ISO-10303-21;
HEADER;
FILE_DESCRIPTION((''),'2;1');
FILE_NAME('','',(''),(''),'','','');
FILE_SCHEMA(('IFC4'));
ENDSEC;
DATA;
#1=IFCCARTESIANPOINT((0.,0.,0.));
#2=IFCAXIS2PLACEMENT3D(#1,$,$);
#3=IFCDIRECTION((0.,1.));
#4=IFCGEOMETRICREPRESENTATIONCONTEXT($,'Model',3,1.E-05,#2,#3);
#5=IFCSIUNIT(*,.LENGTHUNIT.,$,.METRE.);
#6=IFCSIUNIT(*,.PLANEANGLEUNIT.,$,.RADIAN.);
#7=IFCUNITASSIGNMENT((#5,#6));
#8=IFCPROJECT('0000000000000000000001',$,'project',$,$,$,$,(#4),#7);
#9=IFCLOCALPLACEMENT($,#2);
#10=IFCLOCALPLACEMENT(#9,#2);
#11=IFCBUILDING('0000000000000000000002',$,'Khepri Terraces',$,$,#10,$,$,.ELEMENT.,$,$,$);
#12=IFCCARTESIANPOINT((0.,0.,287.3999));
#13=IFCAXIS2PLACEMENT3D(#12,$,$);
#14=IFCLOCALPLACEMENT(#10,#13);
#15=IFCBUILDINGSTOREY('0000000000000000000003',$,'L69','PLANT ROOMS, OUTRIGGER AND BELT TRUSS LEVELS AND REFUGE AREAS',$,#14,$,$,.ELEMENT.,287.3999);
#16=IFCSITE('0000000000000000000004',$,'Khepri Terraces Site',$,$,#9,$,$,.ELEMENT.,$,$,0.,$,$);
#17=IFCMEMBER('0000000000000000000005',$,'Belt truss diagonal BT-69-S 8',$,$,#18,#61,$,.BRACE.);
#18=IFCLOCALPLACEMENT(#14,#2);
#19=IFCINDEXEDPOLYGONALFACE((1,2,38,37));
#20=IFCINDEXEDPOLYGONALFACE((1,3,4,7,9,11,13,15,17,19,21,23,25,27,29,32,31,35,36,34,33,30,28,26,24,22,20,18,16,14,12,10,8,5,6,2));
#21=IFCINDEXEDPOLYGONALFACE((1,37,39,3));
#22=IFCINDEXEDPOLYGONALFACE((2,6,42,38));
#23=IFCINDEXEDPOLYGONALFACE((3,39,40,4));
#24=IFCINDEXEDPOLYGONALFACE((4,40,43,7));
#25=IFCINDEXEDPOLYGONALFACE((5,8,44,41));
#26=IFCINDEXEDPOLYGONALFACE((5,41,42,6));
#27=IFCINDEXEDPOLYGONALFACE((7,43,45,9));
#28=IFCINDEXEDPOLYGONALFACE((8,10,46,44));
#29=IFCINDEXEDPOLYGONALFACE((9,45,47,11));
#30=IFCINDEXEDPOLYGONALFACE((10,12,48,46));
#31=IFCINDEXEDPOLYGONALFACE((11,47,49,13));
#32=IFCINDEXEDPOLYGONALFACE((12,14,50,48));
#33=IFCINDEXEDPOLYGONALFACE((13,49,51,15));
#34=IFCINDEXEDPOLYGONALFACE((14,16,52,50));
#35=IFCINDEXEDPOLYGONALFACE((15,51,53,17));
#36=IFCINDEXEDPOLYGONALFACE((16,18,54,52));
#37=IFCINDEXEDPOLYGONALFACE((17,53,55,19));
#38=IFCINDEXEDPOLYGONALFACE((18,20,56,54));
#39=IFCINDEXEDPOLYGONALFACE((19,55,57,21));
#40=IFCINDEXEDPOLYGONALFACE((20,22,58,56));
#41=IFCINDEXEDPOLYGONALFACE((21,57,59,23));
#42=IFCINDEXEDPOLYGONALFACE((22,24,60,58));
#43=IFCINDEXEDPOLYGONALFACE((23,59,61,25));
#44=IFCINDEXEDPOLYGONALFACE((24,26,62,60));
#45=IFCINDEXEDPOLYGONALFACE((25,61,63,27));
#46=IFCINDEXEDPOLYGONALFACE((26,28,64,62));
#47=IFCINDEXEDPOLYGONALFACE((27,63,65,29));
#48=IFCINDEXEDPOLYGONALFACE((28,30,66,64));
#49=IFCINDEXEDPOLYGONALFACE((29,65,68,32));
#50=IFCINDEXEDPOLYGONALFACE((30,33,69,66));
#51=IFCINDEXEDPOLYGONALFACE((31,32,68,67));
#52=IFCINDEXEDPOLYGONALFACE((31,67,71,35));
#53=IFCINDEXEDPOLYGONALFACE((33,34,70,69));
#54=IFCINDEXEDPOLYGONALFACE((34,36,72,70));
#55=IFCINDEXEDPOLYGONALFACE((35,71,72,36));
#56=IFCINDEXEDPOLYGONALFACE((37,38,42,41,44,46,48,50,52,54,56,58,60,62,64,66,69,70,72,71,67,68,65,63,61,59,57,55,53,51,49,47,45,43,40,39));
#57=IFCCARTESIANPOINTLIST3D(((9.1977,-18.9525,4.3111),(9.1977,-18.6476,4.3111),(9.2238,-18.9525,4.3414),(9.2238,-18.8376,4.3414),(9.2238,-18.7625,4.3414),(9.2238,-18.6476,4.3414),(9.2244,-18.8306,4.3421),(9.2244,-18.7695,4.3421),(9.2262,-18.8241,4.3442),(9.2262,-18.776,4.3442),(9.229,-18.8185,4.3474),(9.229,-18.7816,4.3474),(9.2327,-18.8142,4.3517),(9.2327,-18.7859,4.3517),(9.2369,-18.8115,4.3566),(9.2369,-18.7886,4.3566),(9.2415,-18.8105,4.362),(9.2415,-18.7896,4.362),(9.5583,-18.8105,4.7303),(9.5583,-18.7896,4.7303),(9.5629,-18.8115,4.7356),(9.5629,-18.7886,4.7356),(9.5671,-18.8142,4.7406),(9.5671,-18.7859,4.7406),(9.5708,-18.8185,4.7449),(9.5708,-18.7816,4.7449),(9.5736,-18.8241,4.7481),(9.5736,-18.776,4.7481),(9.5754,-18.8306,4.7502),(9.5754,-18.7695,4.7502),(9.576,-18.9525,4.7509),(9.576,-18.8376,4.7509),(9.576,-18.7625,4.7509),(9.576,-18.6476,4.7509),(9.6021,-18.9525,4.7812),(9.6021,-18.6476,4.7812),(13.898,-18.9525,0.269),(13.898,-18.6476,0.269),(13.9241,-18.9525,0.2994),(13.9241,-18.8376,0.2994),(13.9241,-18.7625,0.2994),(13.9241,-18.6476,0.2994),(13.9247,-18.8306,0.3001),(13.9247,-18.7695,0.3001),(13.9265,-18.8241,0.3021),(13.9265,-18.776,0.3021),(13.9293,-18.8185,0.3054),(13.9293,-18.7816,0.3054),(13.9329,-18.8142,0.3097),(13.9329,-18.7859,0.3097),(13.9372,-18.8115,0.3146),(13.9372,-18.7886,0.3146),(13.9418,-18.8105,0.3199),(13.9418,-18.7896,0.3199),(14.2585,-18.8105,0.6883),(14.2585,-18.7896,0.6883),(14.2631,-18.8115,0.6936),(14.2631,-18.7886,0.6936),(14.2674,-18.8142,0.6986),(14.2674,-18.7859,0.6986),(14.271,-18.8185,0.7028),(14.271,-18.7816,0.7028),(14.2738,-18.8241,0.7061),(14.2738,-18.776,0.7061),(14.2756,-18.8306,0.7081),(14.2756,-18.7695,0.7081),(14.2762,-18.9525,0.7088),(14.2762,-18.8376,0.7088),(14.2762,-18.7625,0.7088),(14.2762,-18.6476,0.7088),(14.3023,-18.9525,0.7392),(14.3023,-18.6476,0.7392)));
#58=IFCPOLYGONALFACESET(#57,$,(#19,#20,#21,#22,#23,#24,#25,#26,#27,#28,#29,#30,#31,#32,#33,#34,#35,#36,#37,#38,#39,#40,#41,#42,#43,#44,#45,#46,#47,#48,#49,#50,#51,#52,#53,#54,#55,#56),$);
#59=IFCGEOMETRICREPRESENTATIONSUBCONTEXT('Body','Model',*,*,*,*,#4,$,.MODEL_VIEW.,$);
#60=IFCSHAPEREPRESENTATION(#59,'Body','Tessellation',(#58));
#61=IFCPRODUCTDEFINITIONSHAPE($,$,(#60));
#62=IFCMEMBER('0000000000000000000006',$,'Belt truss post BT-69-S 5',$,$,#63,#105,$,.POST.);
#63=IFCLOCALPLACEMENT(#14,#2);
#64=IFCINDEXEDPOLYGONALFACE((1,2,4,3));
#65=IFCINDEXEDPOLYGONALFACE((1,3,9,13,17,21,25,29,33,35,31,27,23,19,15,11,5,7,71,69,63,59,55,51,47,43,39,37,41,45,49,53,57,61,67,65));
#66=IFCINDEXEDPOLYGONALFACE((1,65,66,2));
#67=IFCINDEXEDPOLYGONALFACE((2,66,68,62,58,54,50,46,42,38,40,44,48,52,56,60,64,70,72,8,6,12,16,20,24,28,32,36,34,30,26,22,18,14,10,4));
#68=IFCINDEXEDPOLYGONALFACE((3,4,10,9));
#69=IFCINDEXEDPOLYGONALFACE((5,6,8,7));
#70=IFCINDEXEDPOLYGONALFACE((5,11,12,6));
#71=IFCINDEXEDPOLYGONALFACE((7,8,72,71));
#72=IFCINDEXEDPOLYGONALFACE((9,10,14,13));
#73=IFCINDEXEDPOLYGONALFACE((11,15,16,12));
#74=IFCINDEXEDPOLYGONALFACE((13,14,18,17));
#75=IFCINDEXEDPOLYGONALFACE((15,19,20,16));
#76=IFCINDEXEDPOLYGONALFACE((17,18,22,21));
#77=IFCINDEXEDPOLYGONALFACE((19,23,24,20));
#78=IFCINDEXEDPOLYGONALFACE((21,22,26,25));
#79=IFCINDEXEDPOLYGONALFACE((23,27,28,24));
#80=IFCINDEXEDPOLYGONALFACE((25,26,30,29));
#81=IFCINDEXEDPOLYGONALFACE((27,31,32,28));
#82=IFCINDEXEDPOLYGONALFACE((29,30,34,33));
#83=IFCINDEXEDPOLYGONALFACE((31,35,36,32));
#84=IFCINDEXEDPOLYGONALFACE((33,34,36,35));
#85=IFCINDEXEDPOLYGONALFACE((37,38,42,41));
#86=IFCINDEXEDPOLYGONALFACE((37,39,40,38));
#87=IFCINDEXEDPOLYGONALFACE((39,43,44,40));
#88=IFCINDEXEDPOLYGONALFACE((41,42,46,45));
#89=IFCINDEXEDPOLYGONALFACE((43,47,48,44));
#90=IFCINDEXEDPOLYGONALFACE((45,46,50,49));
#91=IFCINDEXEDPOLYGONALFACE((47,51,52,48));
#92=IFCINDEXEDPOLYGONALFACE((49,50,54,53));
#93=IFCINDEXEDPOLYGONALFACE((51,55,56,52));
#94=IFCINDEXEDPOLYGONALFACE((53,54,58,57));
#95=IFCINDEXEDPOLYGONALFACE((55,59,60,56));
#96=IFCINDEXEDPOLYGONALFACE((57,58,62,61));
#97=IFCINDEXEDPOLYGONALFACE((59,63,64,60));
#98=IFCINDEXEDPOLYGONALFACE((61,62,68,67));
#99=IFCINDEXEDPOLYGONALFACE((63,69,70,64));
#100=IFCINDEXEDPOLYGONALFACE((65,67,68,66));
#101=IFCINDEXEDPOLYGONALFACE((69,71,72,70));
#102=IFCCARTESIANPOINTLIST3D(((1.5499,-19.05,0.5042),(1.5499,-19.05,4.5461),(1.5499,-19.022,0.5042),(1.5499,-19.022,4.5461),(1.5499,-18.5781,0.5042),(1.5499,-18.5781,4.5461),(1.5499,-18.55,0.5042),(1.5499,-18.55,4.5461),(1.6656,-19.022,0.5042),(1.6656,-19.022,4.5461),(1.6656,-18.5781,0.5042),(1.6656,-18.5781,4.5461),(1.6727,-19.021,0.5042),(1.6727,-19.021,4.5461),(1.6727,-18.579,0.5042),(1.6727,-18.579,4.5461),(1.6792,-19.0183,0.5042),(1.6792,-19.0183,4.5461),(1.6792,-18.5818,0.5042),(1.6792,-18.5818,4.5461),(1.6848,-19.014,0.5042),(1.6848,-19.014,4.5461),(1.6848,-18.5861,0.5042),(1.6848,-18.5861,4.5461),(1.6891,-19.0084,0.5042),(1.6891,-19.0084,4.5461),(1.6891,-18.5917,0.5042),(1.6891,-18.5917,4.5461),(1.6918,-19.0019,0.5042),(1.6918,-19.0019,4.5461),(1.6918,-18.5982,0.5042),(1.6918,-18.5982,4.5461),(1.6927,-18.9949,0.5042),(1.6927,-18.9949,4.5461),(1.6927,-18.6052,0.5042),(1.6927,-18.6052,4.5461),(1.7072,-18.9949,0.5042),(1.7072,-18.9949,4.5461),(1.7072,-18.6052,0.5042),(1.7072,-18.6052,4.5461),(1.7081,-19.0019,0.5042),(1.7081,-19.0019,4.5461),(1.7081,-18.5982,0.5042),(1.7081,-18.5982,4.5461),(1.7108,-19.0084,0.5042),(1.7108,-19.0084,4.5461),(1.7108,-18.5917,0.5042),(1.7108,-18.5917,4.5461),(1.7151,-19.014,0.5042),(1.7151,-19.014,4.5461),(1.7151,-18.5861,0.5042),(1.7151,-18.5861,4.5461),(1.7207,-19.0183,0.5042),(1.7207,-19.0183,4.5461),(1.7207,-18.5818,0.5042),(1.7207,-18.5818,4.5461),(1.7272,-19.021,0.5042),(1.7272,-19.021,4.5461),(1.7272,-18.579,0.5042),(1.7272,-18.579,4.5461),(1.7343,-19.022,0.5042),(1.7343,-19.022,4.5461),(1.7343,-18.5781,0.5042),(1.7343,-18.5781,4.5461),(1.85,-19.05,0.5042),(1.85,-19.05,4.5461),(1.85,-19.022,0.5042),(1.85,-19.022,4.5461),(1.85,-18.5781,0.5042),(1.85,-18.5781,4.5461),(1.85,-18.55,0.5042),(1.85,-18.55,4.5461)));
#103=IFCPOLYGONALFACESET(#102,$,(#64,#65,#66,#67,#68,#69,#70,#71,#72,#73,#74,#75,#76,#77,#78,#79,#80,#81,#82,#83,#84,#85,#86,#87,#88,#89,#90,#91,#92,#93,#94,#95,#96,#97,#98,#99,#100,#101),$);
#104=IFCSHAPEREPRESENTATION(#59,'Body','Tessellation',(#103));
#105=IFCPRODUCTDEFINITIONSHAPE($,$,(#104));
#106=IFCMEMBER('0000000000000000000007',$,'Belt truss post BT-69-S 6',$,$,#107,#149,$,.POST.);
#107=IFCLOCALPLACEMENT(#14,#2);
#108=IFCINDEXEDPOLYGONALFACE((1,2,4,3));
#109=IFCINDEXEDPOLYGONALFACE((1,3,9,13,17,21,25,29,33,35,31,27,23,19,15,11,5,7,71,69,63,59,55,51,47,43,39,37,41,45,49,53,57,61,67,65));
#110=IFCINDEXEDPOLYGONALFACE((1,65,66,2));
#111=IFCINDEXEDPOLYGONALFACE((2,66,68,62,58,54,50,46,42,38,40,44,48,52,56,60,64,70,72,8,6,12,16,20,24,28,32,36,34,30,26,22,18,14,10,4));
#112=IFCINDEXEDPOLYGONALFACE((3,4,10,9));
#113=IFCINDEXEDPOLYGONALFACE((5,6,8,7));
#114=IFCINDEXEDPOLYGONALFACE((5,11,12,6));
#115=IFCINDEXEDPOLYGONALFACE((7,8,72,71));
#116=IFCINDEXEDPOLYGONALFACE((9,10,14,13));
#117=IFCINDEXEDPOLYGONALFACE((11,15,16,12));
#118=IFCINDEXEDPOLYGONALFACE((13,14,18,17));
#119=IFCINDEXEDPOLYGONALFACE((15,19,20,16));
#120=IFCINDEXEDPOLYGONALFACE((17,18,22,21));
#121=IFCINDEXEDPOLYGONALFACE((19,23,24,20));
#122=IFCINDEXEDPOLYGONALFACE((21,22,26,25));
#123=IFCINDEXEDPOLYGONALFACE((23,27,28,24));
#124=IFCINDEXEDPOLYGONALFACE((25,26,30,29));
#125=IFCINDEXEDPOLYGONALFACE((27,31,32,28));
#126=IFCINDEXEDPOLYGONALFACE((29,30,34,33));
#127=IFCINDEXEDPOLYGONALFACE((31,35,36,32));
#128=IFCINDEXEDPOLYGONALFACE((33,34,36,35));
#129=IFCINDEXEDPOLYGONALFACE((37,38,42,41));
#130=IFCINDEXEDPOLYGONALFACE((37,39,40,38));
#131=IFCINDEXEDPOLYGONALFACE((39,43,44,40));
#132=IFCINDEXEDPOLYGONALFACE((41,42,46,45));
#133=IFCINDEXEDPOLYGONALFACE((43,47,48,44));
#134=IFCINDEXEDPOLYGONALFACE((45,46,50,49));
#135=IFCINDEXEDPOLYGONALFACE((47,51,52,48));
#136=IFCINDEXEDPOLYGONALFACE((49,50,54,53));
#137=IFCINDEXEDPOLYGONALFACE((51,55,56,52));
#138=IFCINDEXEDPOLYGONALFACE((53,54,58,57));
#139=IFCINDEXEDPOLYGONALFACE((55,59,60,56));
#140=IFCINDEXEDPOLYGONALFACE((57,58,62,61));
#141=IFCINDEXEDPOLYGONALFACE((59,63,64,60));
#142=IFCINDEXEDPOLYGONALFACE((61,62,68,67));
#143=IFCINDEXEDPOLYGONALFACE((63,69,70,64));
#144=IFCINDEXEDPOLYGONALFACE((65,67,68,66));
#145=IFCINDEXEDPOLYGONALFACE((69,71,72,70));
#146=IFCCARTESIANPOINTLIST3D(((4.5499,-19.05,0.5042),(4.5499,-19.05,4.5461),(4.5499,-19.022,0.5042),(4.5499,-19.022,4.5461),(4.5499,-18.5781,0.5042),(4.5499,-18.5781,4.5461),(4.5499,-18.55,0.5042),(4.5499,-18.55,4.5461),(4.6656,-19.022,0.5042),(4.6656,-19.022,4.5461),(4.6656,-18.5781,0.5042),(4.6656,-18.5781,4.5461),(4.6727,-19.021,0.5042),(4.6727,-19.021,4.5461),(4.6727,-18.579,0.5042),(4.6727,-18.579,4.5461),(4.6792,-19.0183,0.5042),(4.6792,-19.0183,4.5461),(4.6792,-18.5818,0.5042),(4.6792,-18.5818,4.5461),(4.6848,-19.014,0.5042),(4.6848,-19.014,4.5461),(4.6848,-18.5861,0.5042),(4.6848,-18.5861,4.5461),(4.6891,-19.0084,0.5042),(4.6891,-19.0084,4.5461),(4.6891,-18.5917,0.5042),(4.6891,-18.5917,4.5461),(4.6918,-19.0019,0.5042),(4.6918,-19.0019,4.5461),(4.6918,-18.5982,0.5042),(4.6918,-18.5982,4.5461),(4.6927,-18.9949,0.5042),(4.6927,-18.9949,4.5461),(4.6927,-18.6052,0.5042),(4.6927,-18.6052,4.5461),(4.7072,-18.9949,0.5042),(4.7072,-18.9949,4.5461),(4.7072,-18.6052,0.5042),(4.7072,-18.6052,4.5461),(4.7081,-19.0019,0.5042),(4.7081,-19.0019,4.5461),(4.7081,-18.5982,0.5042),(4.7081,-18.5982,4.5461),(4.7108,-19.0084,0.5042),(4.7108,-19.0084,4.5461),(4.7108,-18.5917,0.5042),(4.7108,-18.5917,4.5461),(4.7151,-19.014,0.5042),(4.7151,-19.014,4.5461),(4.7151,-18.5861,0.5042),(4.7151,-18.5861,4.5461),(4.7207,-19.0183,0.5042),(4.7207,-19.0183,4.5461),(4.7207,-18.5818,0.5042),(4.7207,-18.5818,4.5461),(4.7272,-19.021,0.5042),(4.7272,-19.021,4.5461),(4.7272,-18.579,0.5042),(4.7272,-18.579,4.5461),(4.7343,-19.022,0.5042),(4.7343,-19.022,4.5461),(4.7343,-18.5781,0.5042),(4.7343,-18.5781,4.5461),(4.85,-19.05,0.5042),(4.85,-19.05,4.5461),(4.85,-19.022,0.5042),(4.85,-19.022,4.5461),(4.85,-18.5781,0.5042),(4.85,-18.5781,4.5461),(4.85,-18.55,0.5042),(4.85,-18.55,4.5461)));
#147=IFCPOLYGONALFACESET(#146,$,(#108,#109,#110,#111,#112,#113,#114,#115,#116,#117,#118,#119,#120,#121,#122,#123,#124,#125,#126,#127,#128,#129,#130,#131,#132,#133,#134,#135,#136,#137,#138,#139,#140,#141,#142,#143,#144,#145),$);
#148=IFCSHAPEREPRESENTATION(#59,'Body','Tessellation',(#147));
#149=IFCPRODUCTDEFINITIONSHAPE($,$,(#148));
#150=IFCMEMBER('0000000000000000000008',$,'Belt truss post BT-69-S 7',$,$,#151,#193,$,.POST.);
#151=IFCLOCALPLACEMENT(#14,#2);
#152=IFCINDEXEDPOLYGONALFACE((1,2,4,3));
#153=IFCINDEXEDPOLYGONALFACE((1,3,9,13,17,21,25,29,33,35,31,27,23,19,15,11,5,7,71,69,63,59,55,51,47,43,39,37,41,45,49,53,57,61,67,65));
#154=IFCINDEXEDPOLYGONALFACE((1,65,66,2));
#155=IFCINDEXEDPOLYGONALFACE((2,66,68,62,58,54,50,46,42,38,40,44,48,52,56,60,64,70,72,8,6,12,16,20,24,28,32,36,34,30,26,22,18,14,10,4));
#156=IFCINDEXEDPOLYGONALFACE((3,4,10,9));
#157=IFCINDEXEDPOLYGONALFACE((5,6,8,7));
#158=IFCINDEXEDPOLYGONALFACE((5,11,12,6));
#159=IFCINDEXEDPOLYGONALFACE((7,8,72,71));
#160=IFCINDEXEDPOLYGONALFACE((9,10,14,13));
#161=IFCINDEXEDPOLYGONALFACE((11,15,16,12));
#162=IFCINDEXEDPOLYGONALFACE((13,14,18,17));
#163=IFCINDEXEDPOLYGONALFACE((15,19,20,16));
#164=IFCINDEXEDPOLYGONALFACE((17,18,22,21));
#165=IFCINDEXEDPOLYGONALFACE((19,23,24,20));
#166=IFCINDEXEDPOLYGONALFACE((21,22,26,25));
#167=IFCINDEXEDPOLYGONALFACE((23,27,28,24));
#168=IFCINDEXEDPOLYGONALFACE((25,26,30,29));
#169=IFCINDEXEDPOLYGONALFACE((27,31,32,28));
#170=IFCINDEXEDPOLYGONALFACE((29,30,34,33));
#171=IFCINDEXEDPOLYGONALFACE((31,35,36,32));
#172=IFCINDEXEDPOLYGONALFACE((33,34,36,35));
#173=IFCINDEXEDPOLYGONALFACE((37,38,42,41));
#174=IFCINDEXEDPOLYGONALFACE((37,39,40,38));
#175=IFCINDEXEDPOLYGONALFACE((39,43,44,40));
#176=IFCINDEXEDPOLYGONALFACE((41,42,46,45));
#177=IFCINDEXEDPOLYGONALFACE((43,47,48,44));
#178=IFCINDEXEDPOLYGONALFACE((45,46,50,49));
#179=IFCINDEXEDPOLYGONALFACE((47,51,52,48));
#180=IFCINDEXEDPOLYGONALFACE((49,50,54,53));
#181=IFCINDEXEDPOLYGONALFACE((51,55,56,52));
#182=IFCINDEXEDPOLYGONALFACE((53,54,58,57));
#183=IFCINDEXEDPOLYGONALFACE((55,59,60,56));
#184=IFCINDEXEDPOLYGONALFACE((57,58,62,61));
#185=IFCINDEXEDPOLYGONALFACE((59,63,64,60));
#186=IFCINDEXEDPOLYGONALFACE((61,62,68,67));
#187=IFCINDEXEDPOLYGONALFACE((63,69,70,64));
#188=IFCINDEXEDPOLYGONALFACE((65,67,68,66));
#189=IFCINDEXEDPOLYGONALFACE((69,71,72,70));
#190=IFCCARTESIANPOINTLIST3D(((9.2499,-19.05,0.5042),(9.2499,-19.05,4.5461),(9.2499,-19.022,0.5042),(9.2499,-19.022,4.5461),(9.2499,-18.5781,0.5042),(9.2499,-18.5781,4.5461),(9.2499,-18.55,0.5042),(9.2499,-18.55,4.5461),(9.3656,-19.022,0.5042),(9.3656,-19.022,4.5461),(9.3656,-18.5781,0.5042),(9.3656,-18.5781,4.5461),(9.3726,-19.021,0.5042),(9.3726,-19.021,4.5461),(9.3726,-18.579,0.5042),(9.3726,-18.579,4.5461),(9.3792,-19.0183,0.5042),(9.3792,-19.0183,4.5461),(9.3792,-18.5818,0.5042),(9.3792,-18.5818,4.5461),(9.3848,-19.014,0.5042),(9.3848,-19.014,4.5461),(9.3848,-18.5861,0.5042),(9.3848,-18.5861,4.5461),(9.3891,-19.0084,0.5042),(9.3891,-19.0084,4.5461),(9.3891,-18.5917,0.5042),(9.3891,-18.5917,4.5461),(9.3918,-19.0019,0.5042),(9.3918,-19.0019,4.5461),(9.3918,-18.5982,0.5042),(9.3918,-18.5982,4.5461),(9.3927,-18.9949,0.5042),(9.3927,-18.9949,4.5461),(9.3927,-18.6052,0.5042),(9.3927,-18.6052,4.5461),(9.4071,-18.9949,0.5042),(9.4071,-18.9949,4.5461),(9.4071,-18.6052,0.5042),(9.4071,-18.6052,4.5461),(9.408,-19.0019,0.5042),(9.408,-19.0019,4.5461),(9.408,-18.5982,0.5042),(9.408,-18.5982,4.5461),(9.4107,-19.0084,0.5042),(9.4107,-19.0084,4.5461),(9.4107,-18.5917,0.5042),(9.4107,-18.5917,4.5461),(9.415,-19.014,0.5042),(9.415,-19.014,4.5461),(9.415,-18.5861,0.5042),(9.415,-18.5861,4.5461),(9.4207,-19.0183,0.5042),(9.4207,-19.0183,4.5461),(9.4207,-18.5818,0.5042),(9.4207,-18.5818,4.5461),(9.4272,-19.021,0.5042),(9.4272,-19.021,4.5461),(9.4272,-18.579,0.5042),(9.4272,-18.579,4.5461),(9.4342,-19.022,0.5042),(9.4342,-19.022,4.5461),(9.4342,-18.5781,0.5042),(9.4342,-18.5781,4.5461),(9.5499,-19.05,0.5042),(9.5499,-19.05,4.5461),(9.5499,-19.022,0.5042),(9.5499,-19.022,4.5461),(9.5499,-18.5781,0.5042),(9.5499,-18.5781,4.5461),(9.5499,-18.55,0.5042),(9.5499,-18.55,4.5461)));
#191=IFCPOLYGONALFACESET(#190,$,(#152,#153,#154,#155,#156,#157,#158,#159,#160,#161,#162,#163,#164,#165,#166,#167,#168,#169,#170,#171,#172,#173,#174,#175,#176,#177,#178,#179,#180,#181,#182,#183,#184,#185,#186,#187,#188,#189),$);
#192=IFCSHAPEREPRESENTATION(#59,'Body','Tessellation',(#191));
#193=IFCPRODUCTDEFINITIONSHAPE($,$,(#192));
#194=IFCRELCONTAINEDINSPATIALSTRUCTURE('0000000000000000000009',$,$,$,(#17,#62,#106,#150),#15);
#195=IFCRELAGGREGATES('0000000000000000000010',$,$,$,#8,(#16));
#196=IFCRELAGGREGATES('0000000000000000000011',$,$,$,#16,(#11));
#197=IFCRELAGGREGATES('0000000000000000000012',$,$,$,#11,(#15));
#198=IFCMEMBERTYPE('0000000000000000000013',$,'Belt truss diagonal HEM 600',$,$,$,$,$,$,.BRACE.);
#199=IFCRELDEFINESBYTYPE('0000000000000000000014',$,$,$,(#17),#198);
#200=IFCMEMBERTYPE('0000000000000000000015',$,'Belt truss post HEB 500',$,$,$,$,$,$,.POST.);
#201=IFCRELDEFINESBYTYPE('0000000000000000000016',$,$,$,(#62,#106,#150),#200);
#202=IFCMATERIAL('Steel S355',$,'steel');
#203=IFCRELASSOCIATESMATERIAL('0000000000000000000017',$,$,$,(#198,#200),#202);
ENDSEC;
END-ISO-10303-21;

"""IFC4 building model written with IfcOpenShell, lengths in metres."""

from ifc_helpers import new_model, si_unit, direction, frame, origin, origin_2d, place, context, subcontext, project, spatial, i_section, extrude, material, material_profile, profile_set, type_object, element, save


model = new_model("IFC4")

# Units and contexts
model_context = context("Model", 3, precision=1e-05, world=origin(), true_north=direction((0.0, 1.0)))
body_context = subcontext(model_context, "Body", "Model", "MODEL_VIEW")
ifc_project = project(units=[si_unit("LENGTHUNIT", "METRE"), si_unit("PLANEANGLEUNIT", "RADIAN")], contexts=[model_context])

# Site, building, storey
site_placement = place(None, origin())
site = spatial("IfcSite", under=ifc_project, at=site_placement, Name="Khepri Terraces Site", CompositionType="ELEMENT", RefElevation=0.0)
building_placement = place(site_placement, origin())
building = spatial("IfcBuilding", under=site, at=building_placement, Name="Khepri Terraces", CompositionType="ELEMENT")
storey_placement = place(building_placement, frame((0.0, 0.0, 287.3999)))
storey = spatial("IfcBuildingStorey", under=building, at=storey_placement, Name="L69", Description="PLANT ROOMS, OUTRIGGER AND BELT TRUSS LEVELS AND REFUGE AREAS", CompositionType="ELEMENT", Elevation=287.3999)

# Members
ifc_material_1 = material(Name="Steel S355", Category="steel")
ifc_material_profile_1 = material_profile(ifc_material_1, i_section(OverallWidth=0.3049, OverallDepth=0.6201, WebThickness=0.021, FlangeThickness=0.04, FilletRadius=0.0271, at=origin_2d()), Name="Steel S355", Category="steel")
ifc_profile_set_1 = profile_set([ifc_material_profile_1], Name="Steel S355")
member_type_1 = type_object("IfcMemberType", Name="Belt truss diagonal HEM 600", PredefinedType="BRACE", material=ifc_profile_set_1)
member_1_placement = place(storey_placement, frame((9.3999, -18.8, 4.5461), z_axis=(0.758199, 0.0, -0.652023), x_axis=(0.0, 1.0, 0.0)))
element("IfcMember", 1, at=member_1_placement, inside=storey, type_object=member_type_1, Name="Belt truss diagonal BT-69-S 8", PredefinedType="BRACE", context=body_context, shape_type="SweptSolid", body=[
    extrude(i_section(OverallWidth=0.3049, OverallDepth=0.6201, WebThickness=0.021, FlangeThickness=0.04, FilletRadius=0.0271, at=origin_2d()), origin(), (0.0, 0.0, 1.0), 6.1992),
])
ifc_material_profile_2 = material_profile(ifc_material_1, i_section(OverallWidth=0.3, OverallDepth=0.5, WebThickness=0.0144, FlangeThickness=0.0281, FilletRadius=0.0271, at=origin_2d()), Name="Steel S355", Category="steel")
ifc_profile_set_2 = profile_set([ifc_material_profile_2], Name="Steel S355")
member_type_2 = type_object("IfcMemberType", Name="Belt truss post HEB 500", PredefinedType="POST", material=ifc_profile_set_2)
for number, where, z_axis, x_axis, name in (
    (2, (1.7, -18.8, 0.5042), (0.0, 0.0, 1.0), (1.0, 0.0, 0.0), "Belt truss post BT-69-S 5"),
    (3, (4.7, -18.8, 0.5042), (0.0, 0.0, 1.0), (1.0, 0.0, 0.0), "Belt truss post BT-69-S 6"),
    (4, (9.3999, -18.8, 0.5042), (0.0, 0.0, 1.0), (1.0, 0.0, 0.0), "Belt truss post BT-69-S 7"),
):
    element("IfcMember", number, at=place(storey_placement, frame(where, z_axis=z_axis, x_axis=x_axis)), inside=storey, type_object=member_type_2, Name=name, PredefinedType="POST", context=body_context, shape_type="SweptSolid", body=[
        extrude(i_section(OverallWidth=0.3, OverallDepth=0.5, WebThickness=0.0144, FlangeThickness=0.0281, FilletRadius=0.0271, at=origin_2d()), origin(), (0.0, 0.0, 1.0), 4.042),
    ])

save(model, "model.ifc")
